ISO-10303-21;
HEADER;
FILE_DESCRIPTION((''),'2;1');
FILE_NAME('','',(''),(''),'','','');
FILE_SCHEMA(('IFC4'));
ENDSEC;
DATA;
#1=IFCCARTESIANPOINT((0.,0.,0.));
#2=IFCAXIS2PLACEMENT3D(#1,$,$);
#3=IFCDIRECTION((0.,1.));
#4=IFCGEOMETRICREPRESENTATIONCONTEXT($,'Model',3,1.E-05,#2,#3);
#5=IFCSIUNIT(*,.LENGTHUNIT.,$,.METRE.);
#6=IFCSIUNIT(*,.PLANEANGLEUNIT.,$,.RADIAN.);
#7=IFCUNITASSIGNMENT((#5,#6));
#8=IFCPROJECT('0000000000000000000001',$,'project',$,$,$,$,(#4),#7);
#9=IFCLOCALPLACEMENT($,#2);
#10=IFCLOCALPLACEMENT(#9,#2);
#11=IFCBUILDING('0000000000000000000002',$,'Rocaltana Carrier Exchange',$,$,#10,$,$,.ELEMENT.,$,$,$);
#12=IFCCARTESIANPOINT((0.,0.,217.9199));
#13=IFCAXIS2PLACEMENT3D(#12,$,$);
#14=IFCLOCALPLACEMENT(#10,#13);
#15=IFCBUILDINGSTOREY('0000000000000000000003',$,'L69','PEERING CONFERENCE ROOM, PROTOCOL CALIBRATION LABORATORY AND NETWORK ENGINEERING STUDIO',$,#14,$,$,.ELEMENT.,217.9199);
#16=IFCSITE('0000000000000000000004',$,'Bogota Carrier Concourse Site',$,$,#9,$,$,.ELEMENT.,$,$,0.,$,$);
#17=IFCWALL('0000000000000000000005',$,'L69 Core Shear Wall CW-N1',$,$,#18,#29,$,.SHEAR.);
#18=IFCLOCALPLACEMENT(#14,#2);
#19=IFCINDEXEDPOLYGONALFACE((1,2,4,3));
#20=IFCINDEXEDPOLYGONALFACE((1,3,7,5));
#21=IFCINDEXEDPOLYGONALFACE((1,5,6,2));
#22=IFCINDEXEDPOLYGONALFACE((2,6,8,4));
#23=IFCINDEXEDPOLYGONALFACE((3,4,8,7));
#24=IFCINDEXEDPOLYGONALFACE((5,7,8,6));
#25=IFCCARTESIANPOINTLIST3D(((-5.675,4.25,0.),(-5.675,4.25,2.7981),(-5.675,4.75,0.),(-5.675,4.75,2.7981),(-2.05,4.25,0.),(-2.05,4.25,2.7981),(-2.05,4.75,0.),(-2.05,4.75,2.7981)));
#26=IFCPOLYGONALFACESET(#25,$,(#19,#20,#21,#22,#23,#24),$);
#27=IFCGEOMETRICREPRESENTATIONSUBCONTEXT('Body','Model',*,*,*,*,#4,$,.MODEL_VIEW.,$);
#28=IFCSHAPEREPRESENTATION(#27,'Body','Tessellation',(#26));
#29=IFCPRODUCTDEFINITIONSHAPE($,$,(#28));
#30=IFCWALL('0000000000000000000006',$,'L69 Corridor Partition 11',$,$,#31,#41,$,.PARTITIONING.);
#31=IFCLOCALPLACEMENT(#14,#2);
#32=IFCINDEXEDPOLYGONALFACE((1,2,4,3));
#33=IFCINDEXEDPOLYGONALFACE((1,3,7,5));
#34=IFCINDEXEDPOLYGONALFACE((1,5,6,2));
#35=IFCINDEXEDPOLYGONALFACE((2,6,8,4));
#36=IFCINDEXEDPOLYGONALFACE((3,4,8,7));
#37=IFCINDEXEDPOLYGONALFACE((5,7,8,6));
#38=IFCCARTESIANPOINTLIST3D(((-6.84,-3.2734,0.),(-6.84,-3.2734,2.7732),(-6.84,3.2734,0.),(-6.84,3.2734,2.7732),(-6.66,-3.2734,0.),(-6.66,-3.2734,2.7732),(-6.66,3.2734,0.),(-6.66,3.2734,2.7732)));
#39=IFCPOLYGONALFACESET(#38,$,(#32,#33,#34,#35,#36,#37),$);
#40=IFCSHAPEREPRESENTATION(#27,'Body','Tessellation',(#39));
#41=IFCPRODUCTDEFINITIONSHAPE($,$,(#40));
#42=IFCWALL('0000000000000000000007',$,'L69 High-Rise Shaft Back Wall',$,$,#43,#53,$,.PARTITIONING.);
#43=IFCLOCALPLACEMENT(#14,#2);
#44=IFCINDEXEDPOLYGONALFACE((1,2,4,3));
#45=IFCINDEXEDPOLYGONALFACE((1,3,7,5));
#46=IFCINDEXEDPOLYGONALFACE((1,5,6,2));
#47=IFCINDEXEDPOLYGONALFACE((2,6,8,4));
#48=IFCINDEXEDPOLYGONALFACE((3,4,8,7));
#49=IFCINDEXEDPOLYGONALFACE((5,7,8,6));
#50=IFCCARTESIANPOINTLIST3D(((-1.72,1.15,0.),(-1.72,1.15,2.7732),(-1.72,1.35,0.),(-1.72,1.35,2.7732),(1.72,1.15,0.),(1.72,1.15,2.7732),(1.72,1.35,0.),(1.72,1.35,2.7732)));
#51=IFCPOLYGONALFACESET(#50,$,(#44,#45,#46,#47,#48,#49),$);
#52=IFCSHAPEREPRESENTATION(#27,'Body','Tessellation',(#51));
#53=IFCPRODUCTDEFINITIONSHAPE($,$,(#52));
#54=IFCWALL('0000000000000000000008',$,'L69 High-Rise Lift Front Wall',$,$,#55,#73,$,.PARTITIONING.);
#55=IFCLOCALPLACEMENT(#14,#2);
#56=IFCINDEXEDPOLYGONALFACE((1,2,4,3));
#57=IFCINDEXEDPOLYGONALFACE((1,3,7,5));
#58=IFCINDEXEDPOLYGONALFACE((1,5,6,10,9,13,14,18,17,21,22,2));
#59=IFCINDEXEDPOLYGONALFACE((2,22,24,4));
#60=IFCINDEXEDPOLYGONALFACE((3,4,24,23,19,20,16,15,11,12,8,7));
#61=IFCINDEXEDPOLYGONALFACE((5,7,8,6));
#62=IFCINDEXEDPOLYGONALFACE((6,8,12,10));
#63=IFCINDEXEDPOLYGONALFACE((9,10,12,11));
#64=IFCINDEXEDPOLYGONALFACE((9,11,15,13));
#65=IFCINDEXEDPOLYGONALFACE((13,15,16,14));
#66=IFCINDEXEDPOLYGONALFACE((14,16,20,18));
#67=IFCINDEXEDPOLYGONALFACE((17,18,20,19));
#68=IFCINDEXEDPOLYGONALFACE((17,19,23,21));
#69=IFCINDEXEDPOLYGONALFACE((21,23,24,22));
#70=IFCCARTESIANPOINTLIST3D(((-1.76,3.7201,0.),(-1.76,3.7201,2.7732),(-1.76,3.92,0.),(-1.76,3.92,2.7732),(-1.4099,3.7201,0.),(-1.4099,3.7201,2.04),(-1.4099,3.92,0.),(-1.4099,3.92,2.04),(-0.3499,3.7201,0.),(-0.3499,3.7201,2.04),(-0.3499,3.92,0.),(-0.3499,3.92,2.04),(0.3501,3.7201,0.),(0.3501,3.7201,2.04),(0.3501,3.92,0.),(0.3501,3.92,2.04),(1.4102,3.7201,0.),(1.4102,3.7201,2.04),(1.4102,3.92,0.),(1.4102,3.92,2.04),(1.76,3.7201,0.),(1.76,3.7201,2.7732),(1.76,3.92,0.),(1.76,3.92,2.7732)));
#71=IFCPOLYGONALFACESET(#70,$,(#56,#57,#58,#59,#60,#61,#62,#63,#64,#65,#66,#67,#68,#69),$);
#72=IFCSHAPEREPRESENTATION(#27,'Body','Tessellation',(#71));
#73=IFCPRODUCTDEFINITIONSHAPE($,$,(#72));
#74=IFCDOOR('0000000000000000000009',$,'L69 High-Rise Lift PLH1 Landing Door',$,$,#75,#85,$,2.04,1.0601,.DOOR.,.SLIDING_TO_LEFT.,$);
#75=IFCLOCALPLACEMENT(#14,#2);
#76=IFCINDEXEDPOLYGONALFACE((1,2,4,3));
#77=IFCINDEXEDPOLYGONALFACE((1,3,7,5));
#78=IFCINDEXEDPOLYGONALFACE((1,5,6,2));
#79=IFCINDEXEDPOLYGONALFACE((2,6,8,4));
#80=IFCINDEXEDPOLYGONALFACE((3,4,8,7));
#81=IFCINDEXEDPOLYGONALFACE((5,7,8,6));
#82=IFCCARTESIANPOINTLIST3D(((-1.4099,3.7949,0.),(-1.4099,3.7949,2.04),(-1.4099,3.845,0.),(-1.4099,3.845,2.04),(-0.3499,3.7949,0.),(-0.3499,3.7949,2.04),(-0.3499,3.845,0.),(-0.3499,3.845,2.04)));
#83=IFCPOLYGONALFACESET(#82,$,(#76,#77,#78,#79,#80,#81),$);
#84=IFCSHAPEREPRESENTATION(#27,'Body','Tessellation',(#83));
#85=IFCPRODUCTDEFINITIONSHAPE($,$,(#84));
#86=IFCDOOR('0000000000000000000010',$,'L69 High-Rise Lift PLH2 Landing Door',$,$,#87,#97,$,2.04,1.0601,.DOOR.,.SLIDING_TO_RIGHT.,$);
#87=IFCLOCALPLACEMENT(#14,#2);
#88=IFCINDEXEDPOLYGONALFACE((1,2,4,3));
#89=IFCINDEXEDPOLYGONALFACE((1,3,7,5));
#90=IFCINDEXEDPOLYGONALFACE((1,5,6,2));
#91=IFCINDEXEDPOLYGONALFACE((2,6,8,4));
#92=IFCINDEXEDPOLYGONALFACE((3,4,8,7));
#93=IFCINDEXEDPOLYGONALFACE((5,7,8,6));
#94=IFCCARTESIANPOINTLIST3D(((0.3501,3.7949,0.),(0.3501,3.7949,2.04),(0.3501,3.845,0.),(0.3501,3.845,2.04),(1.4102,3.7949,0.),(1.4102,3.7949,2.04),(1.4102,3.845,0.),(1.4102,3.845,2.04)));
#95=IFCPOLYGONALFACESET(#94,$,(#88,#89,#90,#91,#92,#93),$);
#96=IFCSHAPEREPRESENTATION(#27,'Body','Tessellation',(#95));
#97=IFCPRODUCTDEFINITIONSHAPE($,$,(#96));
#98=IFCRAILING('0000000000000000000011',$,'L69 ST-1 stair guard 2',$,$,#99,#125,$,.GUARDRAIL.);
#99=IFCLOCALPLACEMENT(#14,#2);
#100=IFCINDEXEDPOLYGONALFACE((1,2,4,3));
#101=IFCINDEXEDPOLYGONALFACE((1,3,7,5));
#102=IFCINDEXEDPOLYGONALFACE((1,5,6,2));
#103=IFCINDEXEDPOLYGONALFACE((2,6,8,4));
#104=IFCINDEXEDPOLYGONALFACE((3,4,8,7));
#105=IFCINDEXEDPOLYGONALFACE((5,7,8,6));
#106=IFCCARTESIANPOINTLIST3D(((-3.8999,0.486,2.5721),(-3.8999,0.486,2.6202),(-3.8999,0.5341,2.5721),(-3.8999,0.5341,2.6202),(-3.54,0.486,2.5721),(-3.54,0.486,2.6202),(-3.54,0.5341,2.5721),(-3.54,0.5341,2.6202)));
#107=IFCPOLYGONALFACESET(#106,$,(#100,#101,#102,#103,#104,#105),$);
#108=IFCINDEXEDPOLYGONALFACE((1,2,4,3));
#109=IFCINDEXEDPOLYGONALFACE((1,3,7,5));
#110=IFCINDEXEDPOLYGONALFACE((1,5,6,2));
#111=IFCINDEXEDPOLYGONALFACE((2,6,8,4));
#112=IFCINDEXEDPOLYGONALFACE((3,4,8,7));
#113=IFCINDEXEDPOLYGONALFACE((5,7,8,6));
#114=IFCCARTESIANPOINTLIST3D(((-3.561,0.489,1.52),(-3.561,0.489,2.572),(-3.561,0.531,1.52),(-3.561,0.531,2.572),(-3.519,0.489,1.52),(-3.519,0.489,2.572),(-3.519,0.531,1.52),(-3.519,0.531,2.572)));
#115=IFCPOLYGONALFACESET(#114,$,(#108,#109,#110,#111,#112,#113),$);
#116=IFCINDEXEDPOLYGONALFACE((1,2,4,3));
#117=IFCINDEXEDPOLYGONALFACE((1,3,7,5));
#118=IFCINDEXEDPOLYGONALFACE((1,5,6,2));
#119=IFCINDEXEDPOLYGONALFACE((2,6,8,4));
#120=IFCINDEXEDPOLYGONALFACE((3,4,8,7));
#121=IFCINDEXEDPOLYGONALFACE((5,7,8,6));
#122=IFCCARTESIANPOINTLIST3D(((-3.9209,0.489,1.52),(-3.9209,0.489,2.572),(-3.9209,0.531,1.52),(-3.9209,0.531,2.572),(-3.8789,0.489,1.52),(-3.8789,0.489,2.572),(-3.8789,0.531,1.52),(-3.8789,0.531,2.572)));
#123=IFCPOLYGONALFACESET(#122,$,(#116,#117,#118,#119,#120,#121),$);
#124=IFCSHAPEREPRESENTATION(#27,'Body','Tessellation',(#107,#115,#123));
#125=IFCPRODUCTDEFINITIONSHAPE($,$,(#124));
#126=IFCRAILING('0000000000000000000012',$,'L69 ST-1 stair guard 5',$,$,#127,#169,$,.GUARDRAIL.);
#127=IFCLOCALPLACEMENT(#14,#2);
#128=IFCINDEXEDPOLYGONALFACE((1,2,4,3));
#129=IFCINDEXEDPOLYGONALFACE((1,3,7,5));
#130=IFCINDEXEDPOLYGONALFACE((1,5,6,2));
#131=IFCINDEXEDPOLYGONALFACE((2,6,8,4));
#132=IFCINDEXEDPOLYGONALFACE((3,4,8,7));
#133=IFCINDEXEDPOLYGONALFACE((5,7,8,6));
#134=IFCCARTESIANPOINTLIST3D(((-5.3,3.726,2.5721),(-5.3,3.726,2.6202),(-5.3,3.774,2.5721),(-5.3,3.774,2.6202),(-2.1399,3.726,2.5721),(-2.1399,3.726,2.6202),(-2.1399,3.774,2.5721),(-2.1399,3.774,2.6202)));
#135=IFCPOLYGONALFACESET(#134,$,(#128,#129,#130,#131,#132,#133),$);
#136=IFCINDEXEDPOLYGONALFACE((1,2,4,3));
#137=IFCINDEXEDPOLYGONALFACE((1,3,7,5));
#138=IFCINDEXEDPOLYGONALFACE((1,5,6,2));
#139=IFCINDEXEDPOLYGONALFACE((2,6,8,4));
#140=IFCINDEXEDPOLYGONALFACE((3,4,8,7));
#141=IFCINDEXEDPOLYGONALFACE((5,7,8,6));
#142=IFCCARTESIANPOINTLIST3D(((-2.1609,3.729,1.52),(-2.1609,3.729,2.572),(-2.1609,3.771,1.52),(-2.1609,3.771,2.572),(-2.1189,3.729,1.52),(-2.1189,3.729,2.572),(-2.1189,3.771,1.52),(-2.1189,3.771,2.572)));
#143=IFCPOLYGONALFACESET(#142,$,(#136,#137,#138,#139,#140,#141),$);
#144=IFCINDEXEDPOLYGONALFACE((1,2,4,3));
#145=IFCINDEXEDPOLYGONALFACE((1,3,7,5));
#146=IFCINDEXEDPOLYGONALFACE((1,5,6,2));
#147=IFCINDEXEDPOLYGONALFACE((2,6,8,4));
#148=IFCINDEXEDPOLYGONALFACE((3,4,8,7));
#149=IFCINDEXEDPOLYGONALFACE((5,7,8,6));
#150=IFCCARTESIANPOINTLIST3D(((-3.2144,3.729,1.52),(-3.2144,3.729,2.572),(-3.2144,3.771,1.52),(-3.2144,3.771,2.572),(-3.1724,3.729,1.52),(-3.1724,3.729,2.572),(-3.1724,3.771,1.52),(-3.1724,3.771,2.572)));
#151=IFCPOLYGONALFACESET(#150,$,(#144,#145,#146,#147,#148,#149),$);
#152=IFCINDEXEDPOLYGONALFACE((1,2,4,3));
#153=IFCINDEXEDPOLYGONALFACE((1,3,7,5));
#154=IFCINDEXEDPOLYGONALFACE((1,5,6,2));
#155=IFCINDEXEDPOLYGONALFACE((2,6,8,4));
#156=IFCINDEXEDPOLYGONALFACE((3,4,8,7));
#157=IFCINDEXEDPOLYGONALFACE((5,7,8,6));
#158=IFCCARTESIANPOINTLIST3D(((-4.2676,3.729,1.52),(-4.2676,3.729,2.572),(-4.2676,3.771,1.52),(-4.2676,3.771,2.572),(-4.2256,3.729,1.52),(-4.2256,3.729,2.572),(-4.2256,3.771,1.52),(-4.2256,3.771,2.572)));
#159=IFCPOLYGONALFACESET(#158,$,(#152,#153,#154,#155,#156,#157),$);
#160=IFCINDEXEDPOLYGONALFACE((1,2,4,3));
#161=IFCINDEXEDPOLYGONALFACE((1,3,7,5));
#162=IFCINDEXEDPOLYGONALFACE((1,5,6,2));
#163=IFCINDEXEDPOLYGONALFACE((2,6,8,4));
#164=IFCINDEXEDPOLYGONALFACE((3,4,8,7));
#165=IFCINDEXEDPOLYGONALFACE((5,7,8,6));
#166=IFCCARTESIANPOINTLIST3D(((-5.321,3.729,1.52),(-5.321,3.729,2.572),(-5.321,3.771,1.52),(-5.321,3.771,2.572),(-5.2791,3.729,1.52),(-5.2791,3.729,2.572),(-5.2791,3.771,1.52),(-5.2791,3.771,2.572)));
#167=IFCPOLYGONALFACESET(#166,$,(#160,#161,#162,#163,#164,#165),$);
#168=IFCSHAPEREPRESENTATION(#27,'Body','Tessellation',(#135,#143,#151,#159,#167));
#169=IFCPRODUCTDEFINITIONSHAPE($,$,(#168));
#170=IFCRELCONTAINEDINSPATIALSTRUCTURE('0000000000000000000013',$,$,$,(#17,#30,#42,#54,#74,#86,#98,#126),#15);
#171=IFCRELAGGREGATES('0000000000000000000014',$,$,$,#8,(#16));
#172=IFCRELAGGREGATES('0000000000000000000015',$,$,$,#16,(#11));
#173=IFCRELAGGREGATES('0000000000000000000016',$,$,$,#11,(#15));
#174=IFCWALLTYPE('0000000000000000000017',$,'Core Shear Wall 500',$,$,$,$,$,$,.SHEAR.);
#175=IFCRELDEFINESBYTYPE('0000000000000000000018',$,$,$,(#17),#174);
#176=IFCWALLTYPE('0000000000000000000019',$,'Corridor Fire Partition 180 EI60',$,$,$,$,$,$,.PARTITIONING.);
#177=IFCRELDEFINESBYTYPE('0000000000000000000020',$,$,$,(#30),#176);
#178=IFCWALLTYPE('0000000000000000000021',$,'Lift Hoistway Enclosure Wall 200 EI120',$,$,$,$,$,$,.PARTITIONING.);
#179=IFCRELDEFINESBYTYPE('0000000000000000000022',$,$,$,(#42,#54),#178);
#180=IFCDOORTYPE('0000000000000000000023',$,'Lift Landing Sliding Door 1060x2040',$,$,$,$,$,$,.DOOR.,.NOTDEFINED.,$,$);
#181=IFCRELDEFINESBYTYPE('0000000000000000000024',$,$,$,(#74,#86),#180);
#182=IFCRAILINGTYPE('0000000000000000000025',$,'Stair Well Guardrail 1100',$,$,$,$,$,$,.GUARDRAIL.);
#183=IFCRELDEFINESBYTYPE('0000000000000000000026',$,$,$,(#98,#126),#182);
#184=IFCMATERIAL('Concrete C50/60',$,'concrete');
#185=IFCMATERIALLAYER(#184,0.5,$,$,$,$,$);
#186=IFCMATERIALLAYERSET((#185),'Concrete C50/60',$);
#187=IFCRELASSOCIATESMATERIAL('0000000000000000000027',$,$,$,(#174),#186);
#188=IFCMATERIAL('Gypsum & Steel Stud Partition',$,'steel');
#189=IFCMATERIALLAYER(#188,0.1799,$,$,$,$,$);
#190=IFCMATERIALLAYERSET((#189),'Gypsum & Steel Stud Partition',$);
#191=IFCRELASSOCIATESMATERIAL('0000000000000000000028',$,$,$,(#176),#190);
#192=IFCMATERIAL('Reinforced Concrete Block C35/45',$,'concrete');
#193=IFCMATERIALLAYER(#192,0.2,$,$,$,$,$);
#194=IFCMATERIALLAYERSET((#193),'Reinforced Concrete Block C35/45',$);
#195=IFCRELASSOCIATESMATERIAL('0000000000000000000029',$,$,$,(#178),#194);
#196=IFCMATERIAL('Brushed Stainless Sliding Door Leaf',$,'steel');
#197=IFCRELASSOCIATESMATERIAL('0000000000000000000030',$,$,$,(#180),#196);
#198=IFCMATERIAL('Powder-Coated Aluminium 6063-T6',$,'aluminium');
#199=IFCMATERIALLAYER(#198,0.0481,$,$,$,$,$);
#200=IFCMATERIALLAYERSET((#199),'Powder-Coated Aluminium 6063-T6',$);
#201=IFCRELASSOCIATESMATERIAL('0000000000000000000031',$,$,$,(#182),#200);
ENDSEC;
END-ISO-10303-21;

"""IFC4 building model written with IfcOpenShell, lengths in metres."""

from ifc_helpers import new_model, si_unit, direction, frame, frame_2d, origin, origin_2d, place, context, subcontext, project, spatial, rectangle, extrude, material, layer, layer_set, type_object, element, fill, save


model = new_model("IFC4")

# Units and contexts
model_context = context("Model", 3, precision=1e-05, world=origin(), true_north=direction((0.0, 1.0)))
body_context = subcontext(model_context, "Body", "Model", "MODEL_VIEW")
ifc_project = project(units=[si_unit("LENGTHUNIT", "METRE"), si_unit("PLANEANGLEUNIT", "RADIAN")], contexts=[model_context])

# Site, building, storey
site_placement = place(None, origin())
site = spatial("IfcSite", under=ifc_project, at=site_placement, Name="Bogota Carrier Concourse Site", CompositionType="ELEMENT", RefElevation=0.0)
building_placement = place(site_placement, origin())
building = spatial("IfcBuilding", under=site, at=building_placement, Name="Rocaltana Carrier Exchange", CompositionType="ELEMENT")
storey_placement = place(building_placement, frame((0.0, 0.0, 217.9199)))
storey = spatial("IfcBuildingStorey", under=building, at=storey_placement, Name="L69", Description="PEERING CONFERENCE ROOM, PROTOCOL CALIBRATION LABORATORY AND NETWORK ENGINEERING STUDIO", CompositionType="ELEMENT", Elevation=217.9199)

# Walls
ifc_material_1 = material(Name="Concrete C50/60", Category="concrete")
ifc_layer_1 = layer(ifc_material_1, 0.5)
ifc_layer_set_1 = layer_set([ifc_layer_1], Name="Concrete C50/60")
wall_type_1 = type_object("IfcWallType", Name="Core Shear Wall 500", PredefinedType="SHEAR", material=ifc_layer_set_1)
wall_1_placement = place(storey_placement, frame((-5.675, 4.5, 0.0), z_axis=(0.0, 0.0, 1.0), x_axis=(1.0, 0.0, 0.0)))
element("IfcWall", 1, at=wall_1_placement, inside=storey, type_object=wall_type_1, Name="L69 Core Shear Wall CW-N1", PredefinedType="SHEAR", context=body_context, shape_type="SweptSolid", body=[
    extrude(rectangle(XDim=3.625, YDim=0.5, at=frame_2d((1.8125, 0.0))), origin(), (0.0, 0.0, 1.0), 2.7981),
])
ifc_material_2 = material(Name="Gypsum & Steel Stud Partition", Category="steel")
ifc_layer_2 = layer(ifc_material_2, 0.1799)
ifc_layer_set_2 = layer_set([ifc_layer_2], Name="Gypsum & Steel Stud Partition")
wall_type_2 = type_object("IfcWallType", Name="Corridor Fire Partition 180 EI60", PredefinedType="PARTITIONING", material=ifc_layer_set_2)
wall_2_placement = place(storey_placement, frame((-6.75, 3.2734, 0.0), z_axis=(0.0, 0.0, 1.0), x_axis=(0.0, -1.0, 0.0)))
element("IfcWall", 2, at=wall_2_placement, inside=storey, type_object=wall_type_2, Name="L69 Corridor Partition 11", PredefinedType="PARTITIONING", context=body_context, shape_type="SweptSolid", body=[
    extrude(rectangle(XDim=6.5469, YDim=0.1799, at=frame_2d((3.2734, 0.0))), origin(), (0.0, 0.0, 1.0), 2.7732),
])
ifc_material_3 = material(Name="Reinforced Concrete Block C35/45", Category="concrete")
ifc_layer_3 = layer(ifc_material_3, 0.2)
ifc_layer_set_3 = layer_set([ifc_layer_3], Name="Reinforced Concrete Block C35/45")
wall_type_3 = type_object("IfcWallType", Name="Lift Hoistway Enclosure Wall 200 EI120", PredefinedType="PARTITIONING", material=ifc_layer_set_3)
wall_3_placement = place(storey_placement, frame((-1.72, 1.25, 0.0), z_axis=(0.0, 0.0, 1.0), x_axis=(1.0, 0.0, 0.0)))
element("IfcWall", 3, at=wall_3_placement, inside=storey, type_object=wall_type_3, Name="L69 High-Rise Shaft Back Wall", PredefinedType="PARTITIONING", context=body_context, shape_type="SweptSolid", body=[
    extrude(rectangle(XDim=3.4399, YDim=0.2, at=frame_2d((1.72, 0.0))), origin(), (0.0, 0.0, 1.0), 2.7732),
])

# Wall, openings, doors
wall_4_placement = place(storey_placement, frame((-1.76, 3.8201, 0.0), z_axis=(0.0, 0.0, 1.0), x_axis=(1.0, 0.0, 0.0)))
wall_4 = element("IfcWall", 4, at=wall_4_placement, inside=storey, type_object=wall_type_3, Name="L69 High-Rise Lift Front Wall", PredefinedType="PARTITIONING", context=body_context, shape_type="SweptSolid", body=[
    extrude(rectangle(XDim=3.52, YDim=0.2, at=frame_2d((1.76, 0.0))), origin(), (0.0, 0.0, 1.0), 2.7732),
])
opening_1_placement = place(wall_4_placement, frame((0.3501, 0.0, 0.0)))
opening_1 = element("IfcOpeningElement", 5, at=opening_1_placement, cuts=wall_4, PredefinedType="OPENING", context=body_context, shape_type="SweptSolid", body=[
    extrude(rectangle(XDim=1.0601, YDim=2.04, at=frame_2d((0.53, 1.02))), frame((0.0, 0.1099, 0.0), z_axis=(0.0, -1.0, 0.0), x_axis=(1.0, 0.0, 0.0)), (0.0, 0.0, 1.0), 0.22),
])
opening_2_placement = place(wall_4_placement, frame((2.1101, 0.0, 0.0)))
opening_2 = element("IfcOpeningElement", 6, at=opening_2_placement, cuts=wall_4, PredefinedType="OPENING", context=body_context, shape_type="SweptSolid", body=[
    extrude(rectangle(XDim=1.0601, YDim=2.04, at=frame_2d((0.53, 1.02))), frame((0.0, 0.1099, 0.0), z_axis=(0.0, -1.0, 0.0), x_axis=(1.0, 0.0, 0.0)), (0.0, 0.0, 1.0), 0.22),
])
ifc_material_4 = material(Name="Brushed Stainless Sliding Door Leaf", Category="steel")
door_type = type_object("IfcDoorType", Name="Lift Landing Sliding Door 1060x2040", OperationType="NOTDEFINED", PredefinedType="DOOR", material=ifc_material_4)
door_1_placement = place(opening_1_placement, origin())
door_1 = element("IfcDoor", 7, at=door_1_placement, inside=storey, type_object=door_type, Name="L69 High-Rise Lift PLH1 Landing Door", OperationType="SLIDING_TO_LEFT", OverallHeight=2.04, OverallWidth=1.0601, PredefinedType="DOOR", context=body_context, shape_type="SweptSolid", body=[
    extrude(rectangle(XDim=1.0601, YDim=2.04, at=frame_2d((0.53, 1.02))), frame((0.0, 0.0249, 0.0), z_axis=(0.0, -1.0, 0.0), x_axis=(1.0, 0.0, 0.0)), (0.0, 0.0, 1.0), 0.05),
])
fill(opening_1, door_1)
door_2_placement = place(opening_2_placement, origin())
door_2 = element("IfcDoor", 8, at=door_2_placement, inside=storey, type_object=door_type, Name="L69 High-Rise Lift PLH2 Landing Door", OperationType="SLIDING_TO_RIGHT", OverallHeight=2.04, OverallWidth=1.0601, PredefinedType="DOOR", context=body_context, shape_type="SweptSolid", body=[
    extrude(rectangle(XDim=1.0601, YDim=2.04, at=frame_2d((0.53, 1.02))), frame((0.0, 0.0249, 0.0), z_axis=(0.0, -1.0, 0.0), x_axis=(1.0, 0.0, 0.0)), (0.0, 0.0, 1.0), 0.05),
])
fill(opening_2, door_2)

# Railings
ifc_material_5 = material(Name="Powder-Coated Aluminium 6063-T6", Category="aluminium")
ifc_layer_4 = layer(ifc_material_5, 0.0481)
ifc_layer_set_4 = layer_set([ifc_layer_4], Name="Powder-Coated Aluminium 6063-T6")
railing_type = type_object("IfcRailingType", Name="Stair Well Guardrail 1100", PredefinedType="GUARDRAIL", material=ifc_layer_set_4)
railing_1_placement = place(storey_placement, frame((-3.54, 0.51, 1.52)))
element("IfcRailing", 9, at=railing_1_placement, inside=storey, type_object=railing_type, Name="L69 ST-1 stair guard 2", PredefinedType="GUARDRAIL", context=body_context, shape_type="SweptSolid", body=[
    extrude(rectangle(XDim=0.0481, YDim=0.0481, at=origin_2d()), frame((0.0, 0.0, 1.0762), z_axis=(-1.0, 0.0, 0.0), x_axis=(0.0, -1.0, 0.0)), (0.0, 0.0, 1.0), 0.3599),
    extrude(rectangle(XDim=0.042, YDim=0.042, at=origin_2d()), origin(), (0.0, 0.0, 1.0), 1.052),
    extrude(rectangle(XDim=0.042, YDim=0.042, at=origin_2d()), frame((-0.3599, 0.0, 0.0)), (0.0, 0.0, 1.0), 1.052),
])
railing_2_placement = place(storey_placement, frame((-2.1399, 3.75, 1.52)))
element("IfcRailing", 10, at=railing_2_placement, inside=storey, type_object=railing_type, Name="L69 ST-1 stair guard 5", PredefinedType="GUARDRAIL", context=body_context, shape_type="SweptSolid", body=[
    extrude(rectangle(XDim=0.0481, YDim=0.0481, at=origin_2d()), frame((0.0, 0.0, 1.0762), z_axis=(-1.0, 0.0, 0.0), x_axis=(0.0, -1.0, 0.0)), (0.0, 0.0, 1.0), 3.1602),
    extrude(rectangle(XDim=0.042, YDim=0.042, at=origin_2d()), origin(), (0.0, 0.0, 1.0), 1.052),
    extrude(rectangle(XDim=0.042, YDim=0.042, at=origin_2d()), frame((-1.0535, 0.0, 0.0)), (0.0, 0.0, 1.0), 1.052),
    extrude(rectangle(XDim=0.042, YDim=0.042, at=origin_2d()), frame((-2.1067, 0.0, 0.0)), (0.0, 0.0, 1.0), 1.052),
    extrude(rectangle(XDim=0.042, YDim=0.042, at=origin_2d()), frame((-3.1602, 0.0, 0.0)), (0.0, 0.0, 1.0), 1.052),
])

save(model, "model.ifc")
